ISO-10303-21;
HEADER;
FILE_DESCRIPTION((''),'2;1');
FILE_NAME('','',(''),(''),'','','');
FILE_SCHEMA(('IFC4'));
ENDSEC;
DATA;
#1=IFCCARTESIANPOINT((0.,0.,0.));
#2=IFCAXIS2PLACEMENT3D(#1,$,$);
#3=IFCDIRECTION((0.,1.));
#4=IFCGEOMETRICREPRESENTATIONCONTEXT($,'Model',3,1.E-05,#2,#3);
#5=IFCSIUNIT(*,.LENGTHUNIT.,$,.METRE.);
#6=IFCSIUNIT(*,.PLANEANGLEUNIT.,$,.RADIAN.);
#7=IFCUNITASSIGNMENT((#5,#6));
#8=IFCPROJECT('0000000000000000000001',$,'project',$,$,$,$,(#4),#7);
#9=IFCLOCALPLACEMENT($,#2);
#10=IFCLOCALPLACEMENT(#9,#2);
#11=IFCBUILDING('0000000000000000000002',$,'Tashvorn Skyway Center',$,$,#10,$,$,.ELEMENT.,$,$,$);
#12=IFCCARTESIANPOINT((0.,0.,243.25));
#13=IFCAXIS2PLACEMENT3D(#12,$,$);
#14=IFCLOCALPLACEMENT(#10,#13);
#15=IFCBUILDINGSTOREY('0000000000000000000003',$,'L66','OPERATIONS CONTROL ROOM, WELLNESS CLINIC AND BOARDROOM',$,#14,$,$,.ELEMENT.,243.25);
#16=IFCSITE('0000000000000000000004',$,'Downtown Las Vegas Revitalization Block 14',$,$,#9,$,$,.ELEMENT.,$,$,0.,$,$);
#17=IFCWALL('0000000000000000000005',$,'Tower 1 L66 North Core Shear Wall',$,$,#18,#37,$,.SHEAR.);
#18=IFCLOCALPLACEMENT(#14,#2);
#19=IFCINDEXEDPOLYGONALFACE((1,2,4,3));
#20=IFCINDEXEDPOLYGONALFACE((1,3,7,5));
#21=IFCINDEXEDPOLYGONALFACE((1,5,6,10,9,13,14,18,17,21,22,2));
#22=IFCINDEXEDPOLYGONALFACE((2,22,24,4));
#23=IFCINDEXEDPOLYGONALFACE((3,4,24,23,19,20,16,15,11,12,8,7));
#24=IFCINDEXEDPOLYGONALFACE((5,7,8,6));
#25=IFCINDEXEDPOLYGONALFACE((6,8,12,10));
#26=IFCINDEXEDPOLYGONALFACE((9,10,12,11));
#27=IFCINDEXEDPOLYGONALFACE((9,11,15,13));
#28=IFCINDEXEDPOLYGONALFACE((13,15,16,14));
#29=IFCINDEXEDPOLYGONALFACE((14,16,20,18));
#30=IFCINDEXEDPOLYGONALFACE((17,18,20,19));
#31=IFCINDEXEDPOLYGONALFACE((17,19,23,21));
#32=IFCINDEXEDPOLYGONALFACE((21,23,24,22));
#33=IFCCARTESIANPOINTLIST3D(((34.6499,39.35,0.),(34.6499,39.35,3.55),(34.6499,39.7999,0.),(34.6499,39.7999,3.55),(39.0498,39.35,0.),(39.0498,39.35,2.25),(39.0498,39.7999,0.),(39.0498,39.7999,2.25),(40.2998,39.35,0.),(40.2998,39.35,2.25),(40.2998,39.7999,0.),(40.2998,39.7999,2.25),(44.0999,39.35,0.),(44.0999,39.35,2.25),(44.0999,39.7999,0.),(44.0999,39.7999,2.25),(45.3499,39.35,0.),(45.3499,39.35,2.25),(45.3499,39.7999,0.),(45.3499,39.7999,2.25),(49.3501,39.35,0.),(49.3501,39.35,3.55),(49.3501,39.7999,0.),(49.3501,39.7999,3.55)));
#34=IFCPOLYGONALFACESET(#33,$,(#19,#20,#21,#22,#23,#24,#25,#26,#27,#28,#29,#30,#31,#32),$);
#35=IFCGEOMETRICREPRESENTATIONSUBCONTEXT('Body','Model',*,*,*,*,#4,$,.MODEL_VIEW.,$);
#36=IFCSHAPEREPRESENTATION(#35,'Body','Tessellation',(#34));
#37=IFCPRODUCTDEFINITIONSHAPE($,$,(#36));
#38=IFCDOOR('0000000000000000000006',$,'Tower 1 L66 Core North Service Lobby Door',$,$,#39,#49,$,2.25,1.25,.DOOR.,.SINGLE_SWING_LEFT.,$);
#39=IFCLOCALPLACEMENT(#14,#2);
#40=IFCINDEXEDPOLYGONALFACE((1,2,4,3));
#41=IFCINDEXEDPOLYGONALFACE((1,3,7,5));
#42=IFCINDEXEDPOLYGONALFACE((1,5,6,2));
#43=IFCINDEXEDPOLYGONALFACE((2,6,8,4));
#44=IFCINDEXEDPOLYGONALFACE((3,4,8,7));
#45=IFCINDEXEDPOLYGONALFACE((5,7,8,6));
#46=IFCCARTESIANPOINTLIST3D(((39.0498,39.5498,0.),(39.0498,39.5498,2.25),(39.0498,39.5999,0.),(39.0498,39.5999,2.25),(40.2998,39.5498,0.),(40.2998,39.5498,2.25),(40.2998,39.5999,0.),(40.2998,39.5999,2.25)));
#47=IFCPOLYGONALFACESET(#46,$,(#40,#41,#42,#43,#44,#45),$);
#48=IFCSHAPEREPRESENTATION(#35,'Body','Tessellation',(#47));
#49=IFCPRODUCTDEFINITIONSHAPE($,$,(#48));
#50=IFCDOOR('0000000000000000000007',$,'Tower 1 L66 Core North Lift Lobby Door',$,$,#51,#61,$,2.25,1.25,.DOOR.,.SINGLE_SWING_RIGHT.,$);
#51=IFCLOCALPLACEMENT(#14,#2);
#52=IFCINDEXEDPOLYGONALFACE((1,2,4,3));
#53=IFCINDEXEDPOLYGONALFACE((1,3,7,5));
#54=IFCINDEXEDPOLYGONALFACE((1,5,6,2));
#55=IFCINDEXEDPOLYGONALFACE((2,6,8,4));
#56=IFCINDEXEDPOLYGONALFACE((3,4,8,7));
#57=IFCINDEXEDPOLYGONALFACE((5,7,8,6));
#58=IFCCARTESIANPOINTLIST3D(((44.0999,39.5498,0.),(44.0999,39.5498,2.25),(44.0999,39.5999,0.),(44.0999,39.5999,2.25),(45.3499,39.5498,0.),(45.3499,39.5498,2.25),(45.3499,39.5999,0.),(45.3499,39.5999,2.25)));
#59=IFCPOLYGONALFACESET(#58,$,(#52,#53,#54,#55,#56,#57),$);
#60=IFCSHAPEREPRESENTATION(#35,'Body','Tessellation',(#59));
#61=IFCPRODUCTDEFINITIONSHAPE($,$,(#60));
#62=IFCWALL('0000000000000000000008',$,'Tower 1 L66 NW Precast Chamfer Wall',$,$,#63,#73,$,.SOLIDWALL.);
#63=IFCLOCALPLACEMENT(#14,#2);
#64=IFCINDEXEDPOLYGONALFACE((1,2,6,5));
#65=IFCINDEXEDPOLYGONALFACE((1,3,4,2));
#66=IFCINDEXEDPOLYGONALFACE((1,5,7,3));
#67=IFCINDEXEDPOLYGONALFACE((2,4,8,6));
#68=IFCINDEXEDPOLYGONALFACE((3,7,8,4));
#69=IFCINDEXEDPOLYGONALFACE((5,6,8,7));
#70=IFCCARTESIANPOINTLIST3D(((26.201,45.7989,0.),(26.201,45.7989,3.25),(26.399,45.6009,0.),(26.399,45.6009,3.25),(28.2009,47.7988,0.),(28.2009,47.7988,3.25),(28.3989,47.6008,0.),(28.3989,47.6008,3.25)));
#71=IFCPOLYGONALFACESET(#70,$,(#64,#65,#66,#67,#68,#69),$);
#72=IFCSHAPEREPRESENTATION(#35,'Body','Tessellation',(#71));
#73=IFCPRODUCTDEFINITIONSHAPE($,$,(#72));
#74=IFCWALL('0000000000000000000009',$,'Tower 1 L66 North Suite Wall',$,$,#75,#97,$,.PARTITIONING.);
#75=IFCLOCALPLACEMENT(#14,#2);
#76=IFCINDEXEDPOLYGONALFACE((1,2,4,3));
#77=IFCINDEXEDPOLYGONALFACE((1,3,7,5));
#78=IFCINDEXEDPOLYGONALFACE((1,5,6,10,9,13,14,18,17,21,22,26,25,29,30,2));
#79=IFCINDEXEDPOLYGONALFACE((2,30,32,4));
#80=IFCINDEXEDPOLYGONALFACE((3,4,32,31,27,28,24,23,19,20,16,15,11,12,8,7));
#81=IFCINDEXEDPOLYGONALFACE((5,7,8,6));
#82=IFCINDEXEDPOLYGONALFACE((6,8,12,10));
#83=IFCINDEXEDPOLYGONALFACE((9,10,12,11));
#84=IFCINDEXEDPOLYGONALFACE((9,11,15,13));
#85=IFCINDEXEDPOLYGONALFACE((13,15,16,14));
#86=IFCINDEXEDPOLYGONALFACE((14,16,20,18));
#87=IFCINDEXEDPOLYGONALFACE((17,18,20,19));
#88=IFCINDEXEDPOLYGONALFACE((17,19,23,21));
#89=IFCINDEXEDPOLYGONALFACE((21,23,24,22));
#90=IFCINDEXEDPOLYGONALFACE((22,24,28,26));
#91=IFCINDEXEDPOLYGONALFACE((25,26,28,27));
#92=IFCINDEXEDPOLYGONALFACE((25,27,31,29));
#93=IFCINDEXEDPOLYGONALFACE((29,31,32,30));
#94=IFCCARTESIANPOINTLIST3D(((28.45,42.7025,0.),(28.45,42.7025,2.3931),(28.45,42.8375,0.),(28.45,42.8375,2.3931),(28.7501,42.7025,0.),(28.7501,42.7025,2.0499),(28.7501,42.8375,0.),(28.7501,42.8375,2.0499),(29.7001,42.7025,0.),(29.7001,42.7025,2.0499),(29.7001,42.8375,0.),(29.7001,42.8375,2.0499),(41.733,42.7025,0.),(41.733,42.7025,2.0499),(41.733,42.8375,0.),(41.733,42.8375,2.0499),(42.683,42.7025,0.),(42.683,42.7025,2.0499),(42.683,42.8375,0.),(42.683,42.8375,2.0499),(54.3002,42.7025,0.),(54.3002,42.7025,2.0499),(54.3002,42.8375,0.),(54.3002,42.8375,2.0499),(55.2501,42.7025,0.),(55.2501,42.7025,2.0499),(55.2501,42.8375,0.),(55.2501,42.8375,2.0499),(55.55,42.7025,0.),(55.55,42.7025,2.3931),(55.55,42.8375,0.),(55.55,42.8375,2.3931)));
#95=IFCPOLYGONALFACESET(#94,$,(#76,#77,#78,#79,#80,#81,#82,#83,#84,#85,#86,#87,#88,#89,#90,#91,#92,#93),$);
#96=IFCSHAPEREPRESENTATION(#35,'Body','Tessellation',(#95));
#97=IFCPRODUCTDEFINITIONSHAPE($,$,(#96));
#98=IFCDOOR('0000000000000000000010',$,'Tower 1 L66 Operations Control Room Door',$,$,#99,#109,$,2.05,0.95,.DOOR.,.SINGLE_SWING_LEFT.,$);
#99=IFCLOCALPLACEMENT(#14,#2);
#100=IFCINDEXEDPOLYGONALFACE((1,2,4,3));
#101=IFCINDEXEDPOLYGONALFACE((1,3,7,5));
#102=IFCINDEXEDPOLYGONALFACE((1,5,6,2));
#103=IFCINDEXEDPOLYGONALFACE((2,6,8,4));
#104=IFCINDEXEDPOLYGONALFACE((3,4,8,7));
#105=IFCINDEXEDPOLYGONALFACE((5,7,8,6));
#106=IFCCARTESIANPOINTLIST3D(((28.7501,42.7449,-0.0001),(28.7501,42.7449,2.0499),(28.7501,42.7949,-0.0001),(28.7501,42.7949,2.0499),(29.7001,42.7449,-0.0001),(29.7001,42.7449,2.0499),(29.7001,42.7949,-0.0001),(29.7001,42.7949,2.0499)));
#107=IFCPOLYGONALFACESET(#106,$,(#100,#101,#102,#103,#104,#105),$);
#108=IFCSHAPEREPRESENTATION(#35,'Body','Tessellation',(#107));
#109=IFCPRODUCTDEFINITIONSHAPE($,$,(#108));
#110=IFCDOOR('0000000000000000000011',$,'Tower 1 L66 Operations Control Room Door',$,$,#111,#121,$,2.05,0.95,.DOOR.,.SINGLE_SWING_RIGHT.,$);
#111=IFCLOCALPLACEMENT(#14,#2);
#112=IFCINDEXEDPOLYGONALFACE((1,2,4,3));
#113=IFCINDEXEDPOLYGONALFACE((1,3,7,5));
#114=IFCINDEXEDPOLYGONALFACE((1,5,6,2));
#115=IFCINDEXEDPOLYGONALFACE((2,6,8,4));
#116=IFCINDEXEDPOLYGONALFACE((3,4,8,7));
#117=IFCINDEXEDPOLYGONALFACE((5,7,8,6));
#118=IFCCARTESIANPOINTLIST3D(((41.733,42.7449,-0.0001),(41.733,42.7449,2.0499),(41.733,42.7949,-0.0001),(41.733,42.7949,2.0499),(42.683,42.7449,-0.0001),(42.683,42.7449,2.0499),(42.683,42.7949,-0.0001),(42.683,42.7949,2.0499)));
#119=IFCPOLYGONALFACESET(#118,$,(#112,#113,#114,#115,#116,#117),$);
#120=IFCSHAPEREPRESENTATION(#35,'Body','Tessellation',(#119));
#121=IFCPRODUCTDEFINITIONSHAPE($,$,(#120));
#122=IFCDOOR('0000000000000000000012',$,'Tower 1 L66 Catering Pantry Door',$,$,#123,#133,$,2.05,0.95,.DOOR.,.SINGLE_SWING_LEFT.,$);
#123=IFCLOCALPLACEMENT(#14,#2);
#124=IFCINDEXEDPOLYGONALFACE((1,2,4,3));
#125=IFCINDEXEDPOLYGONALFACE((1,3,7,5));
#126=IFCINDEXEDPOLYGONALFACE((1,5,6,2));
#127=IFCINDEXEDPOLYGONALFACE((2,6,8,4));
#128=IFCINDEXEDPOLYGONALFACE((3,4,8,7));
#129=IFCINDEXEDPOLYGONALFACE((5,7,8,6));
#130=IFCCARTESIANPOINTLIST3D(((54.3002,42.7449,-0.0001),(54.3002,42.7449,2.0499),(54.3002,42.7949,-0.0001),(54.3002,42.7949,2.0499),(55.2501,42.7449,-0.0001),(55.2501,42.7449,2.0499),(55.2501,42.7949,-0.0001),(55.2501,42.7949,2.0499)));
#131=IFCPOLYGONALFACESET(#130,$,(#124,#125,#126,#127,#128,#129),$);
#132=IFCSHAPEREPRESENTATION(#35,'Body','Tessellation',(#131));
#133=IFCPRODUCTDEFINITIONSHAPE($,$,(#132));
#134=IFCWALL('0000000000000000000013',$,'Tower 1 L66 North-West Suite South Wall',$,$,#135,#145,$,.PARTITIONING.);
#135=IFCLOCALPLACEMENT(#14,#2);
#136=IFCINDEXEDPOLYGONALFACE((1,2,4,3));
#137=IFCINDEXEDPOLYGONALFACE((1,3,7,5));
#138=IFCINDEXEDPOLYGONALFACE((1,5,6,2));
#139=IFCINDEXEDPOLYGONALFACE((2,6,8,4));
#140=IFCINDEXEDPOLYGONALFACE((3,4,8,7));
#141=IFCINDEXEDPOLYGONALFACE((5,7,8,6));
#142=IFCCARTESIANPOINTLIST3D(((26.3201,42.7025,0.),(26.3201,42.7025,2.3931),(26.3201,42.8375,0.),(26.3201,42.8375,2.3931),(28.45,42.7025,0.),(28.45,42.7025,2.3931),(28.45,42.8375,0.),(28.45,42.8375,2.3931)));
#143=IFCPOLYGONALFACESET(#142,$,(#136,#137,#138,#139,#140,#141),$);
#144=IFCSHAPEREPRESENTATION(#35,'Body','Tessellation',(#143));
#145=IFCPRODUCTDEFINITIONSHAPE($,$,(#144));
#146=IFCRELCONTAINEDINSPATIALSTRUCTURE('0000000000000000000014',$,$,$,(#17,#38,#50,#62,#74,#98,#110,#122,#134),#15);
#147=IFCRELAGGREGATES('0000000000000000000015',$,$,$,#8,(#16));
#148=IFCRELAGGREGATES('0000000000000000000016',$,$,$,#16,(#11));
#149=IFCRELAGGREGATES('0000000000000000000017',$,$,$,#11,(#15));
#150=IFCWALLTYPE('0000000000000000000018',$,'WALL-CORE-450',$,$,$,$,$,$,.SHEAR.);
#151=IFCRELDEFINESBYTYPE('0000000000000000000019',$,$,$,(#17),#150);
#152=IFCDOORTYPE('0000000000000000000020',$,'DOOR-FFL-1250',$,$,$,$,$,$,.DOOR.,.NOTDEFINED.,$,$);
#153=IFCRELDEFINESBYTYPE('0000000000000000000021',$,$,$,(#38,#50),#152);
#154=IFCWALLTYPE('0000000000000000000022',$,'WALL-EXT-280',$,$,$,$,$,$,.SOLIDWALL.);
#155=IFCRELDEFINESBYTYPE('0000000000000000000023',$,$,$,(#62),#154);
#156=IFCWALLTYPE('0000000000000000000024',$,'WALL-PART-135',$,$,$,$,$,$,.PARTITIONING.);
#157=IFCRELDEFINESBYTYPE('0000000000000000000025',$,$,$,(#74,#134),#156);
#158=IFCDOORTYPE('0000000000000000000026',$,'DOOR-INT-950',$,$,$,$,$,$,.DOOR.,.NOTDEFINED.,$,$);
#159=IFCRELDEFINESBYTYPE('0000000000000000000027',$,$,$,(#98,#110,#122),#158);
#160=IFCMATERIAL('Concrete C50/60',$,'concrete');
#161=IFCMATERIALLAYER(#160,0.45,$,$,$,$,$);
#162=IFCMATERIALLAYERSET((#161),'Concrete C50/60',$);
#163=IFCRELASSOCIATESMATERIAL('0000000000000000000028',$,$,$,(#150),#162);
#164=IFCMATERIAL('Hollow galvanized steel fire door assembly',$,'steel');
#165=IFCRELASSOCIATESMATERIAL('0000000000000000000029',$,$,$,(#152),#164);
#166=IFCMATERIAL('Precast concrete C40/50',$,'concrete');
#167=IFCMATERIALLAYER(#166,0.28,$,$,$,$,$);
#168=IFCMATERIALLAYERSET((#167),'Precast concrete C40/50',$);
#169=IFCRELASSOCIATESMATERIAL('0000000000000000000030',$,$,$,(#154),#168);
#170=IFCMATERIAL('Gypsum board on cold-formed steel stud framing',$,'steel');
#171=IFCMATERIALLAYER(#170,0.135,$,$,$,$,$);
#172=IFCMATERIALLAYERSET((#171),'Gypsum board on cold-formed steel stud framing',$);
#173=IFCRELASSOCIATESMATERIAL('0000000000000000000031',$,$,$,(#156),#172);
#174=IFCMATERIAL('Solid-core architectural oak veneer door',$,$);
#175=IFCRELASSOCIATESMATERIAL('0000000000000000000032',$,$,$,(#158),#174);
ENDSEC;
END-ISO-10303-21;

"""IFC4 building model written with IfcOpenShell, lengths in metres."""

from ifc_helpers import new_model, si_unit, direction, frame, frame_2d, origin, place, context, subcontext, project, spatial, rectangle, extrude, material, layer, layer_set, type_object, element, fill, save


model = new_model("IFC4")

# Units and contexts
model_context = context("Model", 3, precision=1e-05, world=origin(), true_north=direction((0.0, 1.0)))
body_context = subcontext(model_context, "Body", "Model", "MODEL_VIEW")
ifc_project = project(units=[si_unit("LENGTHUNIT", "METRE"), si_unit("PLANEANGLEUNIT", "RADIAN")], contexts=[model_context])

# Site, building, storey
site_placement = place(None, origin())
site = spatial("IfcSite", under=ifc_project, at=site_placement, Name="Downtown Las Vegas Revitalization Block 14", CompositionType="ELEMENT", RefElevation=0.0)
building_placement = place(site_placement, origin())
building = spatial("IfcBuilding", under=site, at=building_placement, Name="Tashvorn Skyway Center", CompositionType="ELEMENT")
storey_placement = place(building_placement, frame((0.0, 0.0, 243.25)))
storey = spatial("IfcBuildingStorey", under=building, at=storey_placement, Name="L66", Description="OPERATIONS CONTROL ROOM, WELLNESS CLINIC AND BOARDROOM", CompositionType="ELEMENT", Elevation=243.25)

# Wall, openings, doors
ifc_material_1 = material(Name="Concrete C50/60", Category="concrete")
ifc_layer_1 = layer(ifc_material_1, 0.45)
ifc_layer_set_1 = layer_set([ifc_layer_1], Name="Concrete C50/60")
wall_type_1 = type_object("IfcWallType", Name="WALL-CORE-450", PredefinedType="SHEAR", material=ifc_layer_set_1)
wall_1_placement = place(storey_placement, frame((34.6499, 39.575, 0.0), z_axis=(0.0, 0.0, 1.0), x_axis=(1.0, 0.0, 0.0)))
wall_1 = element("IfcWall", 1, at=wall_1_placement, inside=storey, type_object=wall_type_1, Name="Tower 1 L66 North Core Shear Wall", PredefinedType="SHEAR", context=body_context, shape_type="SweptSolid", body=[
    extrude(rectangle(XDim=14.7002, YDim=0.45, at=frame_2d((7.3501, 0.0))), origin(), (0.0, 0.0, 1.0), 3.55),
])
opening_1_placement = place(wall_1_placement, frame((4.3999, 0.0, 0.0)))
opening_1 = element("IfcOpeningElement", 2, at=opening_1_placement, cuts=wall_1, PredefinedType="OPENING", context=body_context, shape_type="SweptSolid", body=[
    extrude(rectangle(XDim=1.25, YDim=2.25, at=frame_2d((0.625, 1.125))), frame((0.0, 0.2349, 0.0), z_axis=(0.0, -1.0, 0.0), x_axis=(1.0, 0.0, 0.0)), (0.0, 0.0, 1.0), 0.47),
])
opening_2_placement = place(wall_1_placement, frame((9.45, 0.0, 0.0)))
opening_2 = element("IfcOpeningElement", 3, at=opening_2_placement, cuts=wall_1, PredefinedType="OPENING", context=body_context, shape_type="SweptSolid", body=[
    extrude(rectangle(XDim=1.25, YDim=2.25, at=frame_2d((0.625, 1.125))), frame((0.0, 0.2349, 0.0), z_axis=(0.0, -1.0, 0.0), x_axis=(1.0, 0.0, 0.0)), (0.0, 0.0, 1.0), 0.47),
])
ifc_material_2 = material(Name="Hollow galvanized steel fire door assembly", Category="steel")
door_type_1 = type_object("IfcDoorType", Name="DOOR-FFL-1250", OperationType="NOTDEFINED", PredefinedType="DOOR", material=ifc_material_2)
door_1_placement = place(opening_1_placement, origin())
door_1 = element("IfcDoor", 4, at=door_1_placement, inside=storey, type_object=door_type_1, Name="Tower 1 L66 Core North Service Lobby Door", OperationType="SINGLE_SWING_LEFT", OverallHeight=2.25, OverallWidth=1.25, PredefinedType="DOOR", context=body_context, shape_type="SweptSolid", body=[
    extrude(rectangle(XDim=1.25, YDim=2.25, at=frame_2d((0.625, 1.125))), frame((0.0, 0.0249, 0.0), z_axis=(0.0, -1.0, 0.0), x_axis=(1.0, 0.0, 0.0)), (0.0, 0.0, 1.0), 0.05),
])
fill(opening_1, door_1)
door_2_placement = place(opening_2_placement, origin())
door_2 = element("IfcDoor", 5, at=door_2_placement, inside=storey, type_object=door_type_1, Name="Tower 1 L66 Core North Lift Lobby Door", OperationType="SINGLE_SWING_RIGHT", OverallHeight=2.25, OverallWidth=1.25, PredefinedType="DOOR", context=body_context, shape_type="SweptSolid", body=[
    extrude(rectangle(XDim=1.25, YDim=2.25, at=frame_2d((0.625, 1.125))), frame((0.0, 0.0249, 0.0), z_axis=(0.0, -1.0, 0.0), x_axis=(1.0, 0.0, 0.0)), (0.0, 0.0, 1.0), 0.05),
])
fill(opening_2, door_2)

# Wall
ifc_material_3 = material(Name="Precast concrete C40/50", Category="concrete")
ifc_layer_2 = layer(ifc_material_3, 0.28)
ifc_layer_set_2 = layer_set([ifc_layer_2], Name="Precast concrete C40/50")
wall_type_2 = type_object("IfcWallType", Name="WALL-EXT-280", PredefinedType="SOLIDWALL", material=ifc_layer_set_2)
wall_2_placement = place(storey_placement, frame((26.3, 45.7, 0.0), z_axis=(0.0, 0.0, 1.0), x_axis=(0.707107, 0.707107, 0.0)))
element("IfcWall", 6, at=wall_2_placement, inside=storey, type_object=wall_type_2, Name="Tower 1 L66 NW Precast Chamfer Wall", PredefinedType="SOLIDWALL", context=body_context, shape_type="SweptSolid", body=[
    extrude(rectangle(XDim=2.8284, YDim=0.28, at=frame_2d((1.4141, 0.0))), origin(), (0.0, 0.0, 1.0), 3.25),
])

# Wall, openings, doors
ifc_material_4 = material(Name="Gypsum board on cold-formed steel stud framing", Category="steel")
ifc_layer_3 = layer(ifc_material_4, 0.135)
ifc_layer_set_3 = layer_set([ifc_layer_3], Name="Gypsum board on cold-formed steel stud framing")
wall_type_3 = type_object("IfcWallType", Name="WALL-PART-135", PredefinedType="PARTITIONING", material=ifc_layer_set_3)
wall_3_placement = place(storey_placement, frame((28.45, 42.77, 0.0), z_axis=(0.0, 0.0, 1.0), x_axis=(1.0, 0.0, 0.0)))
wall_3 = element("IfcWall", 7, at=wall_3_placement, inside=storey, type_object=wall_type_3, Name="Tower 1 L66 North Suite Wall", PredefinedType="PARTITIONING", context=body_context, shape_type="SweptSolid", body=[
    extrude(rectangle(XDim=27.1001, YDim=0.135, at=frame_2d((13.55, 0.0))), origin(), (0.0, 0.0, 1.0), 2.3931),
])
opening_3_placement = place(wall_3_placement, frame((0.3, 0.0, 0.0)))
opening_3 = element("IfcOpeningElement", 8, at=opening_3_placement, cuts=wall_3, PredefinedType="OPENING", context=body_context, shape_type="SweptSolid", body=[
    extrude(rectangle(XDim=0.95, YDim=2.05, at=frame_2d((0.4751, 1.0249))), frame((0.0, 0.0774, 0.0), z_axis=(0.0, -1.0, 0.0), x_axis=(1.0, 0.0, 0.0)), (0.0, 0.0, 1.0), 0.155),
])
opening_4_placement = place(wall_3_placement, frame((13.283, 0.0, 0.0)))
opening_4 = element("IfcOpeningElement", 9, at=opening_4_placement, cuts=wall_3, PredefinedType="OPENING", context=body_context, shape_type="SweptSolid", body=[
    extrude(rectangle(XDim=0.95, YDim=2.05, at=frame_2d((0.4751, 1.0249))), frame((0.0, 0.0774, 0.0), z_axis=(0.0, -1.0, 0.0), x_axis=(1.0, 0.0, 0.0)), (0.0, 0.0, 1.0), 0.155),
])
opening_5_placement = place(wall_3_placement, frame((25.8501, 0.0, 0.0)))
opening_5 = element("IfcOpeningElement", 10, at=opening_5_placement, cuts=wall_3, PredefinedType="OPENING", context=body_context, shape_type="SweptSolid", body=[
    extrude(rectangle(XDim=0.95, YDim=2.05, at=frame_2d((0.4751, 1.0249))), frame((0.0, 0.0774, 0.0), z_axis=(0.0, -1.0, 0.0), x_axis=(1.0, 0.0, 0.0)), (0.0, 0.0, 1.0), 0.155),
])
ifc_material_5 = material(Name="Solid-core architectural oak veneer door")
door_type_2 = type_object("IfcDoorType", Name="DOOR-INT-950", OperationType="NOTDEFINED", PredefinedType="DOOR", material=ifc_material_5)
door_3_placement = place(opening_3_placement, origin())
door_3 = element("IfcDoor", 11, at=door_3_placement, inside=storey, type_object=door_type_2, Name="Tower 1 L66 Operations Control Room Door", OperationType="SINGLE_SWING_LEFT", OverallHeight=2.05, OverallWidth=0.95, PredefinedType="DOOR", context=body_context, shape_type="SweptSolid", body=[
    extrude(rectangle(XDim=0.95, YDim=2.05, at=frame_2d((0.4751, 1.0249))), frame((0.0, 0.0249, 0.0), z_axis=(0.0, -1.0, 0.0), x_axis=(1.0, 0.0, 0.0)), (0.0, 0.0, 1.0), 0.05),
])
fill(opening_3, door_3)
door_4_placement = place(opening_4_placement, origin())
door_4 = element("IfcDoor", 12, at=door_4_placement, inside=storey, type_object=door_type_2, Name="Tower 1 L66 Operations Control Room Door", OperationType="SINGLE_SWING_RIGHT", OverallHeight=2.05, OverallWidth=0.95, PredefinedType="DOOR", context=body_context, shape_type="SweptSolid", body=[
    extrude(rectangle(XDim=0.95, YDim=2.05, at=frame_2d((0.4751, 1.0249))), frame((0.0, 0.0249, 0.0), z_axis=(0.0, -1.0, 0.0), x_axis=(1.0, 0.0, 0.0)), (0.0, 0.0, 1.0), 0.05),
])
fill(opening_4, door_4)
door_5_placement = place(opening_5_placement, origin())
door_5 = element("IfcDoor", 13, at=door_5_placement, inside=storey, type_object=door_type_2, Name="Tower 1 L66 Catering Pantry Door", OperationType="SINGLE_SWING_LEFT", OverallHeight=2.05, OverallWidth=0.95, PredefinedType="DOOR", context=body_context, shape_type="SweptSolid", body=[
    extrude(rectangle(XDim=0.95, YDim=2.05, at=frame_2d((0.4751, 1.0249))), frame((0.0, 0.0249, 0.0), z_axis=(0.0, -1.0, 0.0), x_axis=(1.0, 0.0, 0.0)), (0.0, 0.0, 1.0), 0.05),
])
fill(opening_5, door_5)

# Wall
wall_4_placement = place(storey_placement, frame((26.3201, 42.77, 0.0), z_axis=(0.0, 0.0, 1.0), x_axis=(1.0, 0.0, 0.0)))
element("IfcWall", 14, at=wall_4_placement, inside=storey, type_object=wall_type_3, Name="Tower 1 L66 North-West Suite South Wall", PredefinedType="PARTITIONING", context=body_context, shape_type="SweptSolid", body=[
    extrude(rectangle(XDim=2.1299, YDim=0.135, at=frame_2d((1.0649, 0.0))), origin(), (0.0, 0.0, 1.0), 2.3931),
])

save(model, "model.ifc")
